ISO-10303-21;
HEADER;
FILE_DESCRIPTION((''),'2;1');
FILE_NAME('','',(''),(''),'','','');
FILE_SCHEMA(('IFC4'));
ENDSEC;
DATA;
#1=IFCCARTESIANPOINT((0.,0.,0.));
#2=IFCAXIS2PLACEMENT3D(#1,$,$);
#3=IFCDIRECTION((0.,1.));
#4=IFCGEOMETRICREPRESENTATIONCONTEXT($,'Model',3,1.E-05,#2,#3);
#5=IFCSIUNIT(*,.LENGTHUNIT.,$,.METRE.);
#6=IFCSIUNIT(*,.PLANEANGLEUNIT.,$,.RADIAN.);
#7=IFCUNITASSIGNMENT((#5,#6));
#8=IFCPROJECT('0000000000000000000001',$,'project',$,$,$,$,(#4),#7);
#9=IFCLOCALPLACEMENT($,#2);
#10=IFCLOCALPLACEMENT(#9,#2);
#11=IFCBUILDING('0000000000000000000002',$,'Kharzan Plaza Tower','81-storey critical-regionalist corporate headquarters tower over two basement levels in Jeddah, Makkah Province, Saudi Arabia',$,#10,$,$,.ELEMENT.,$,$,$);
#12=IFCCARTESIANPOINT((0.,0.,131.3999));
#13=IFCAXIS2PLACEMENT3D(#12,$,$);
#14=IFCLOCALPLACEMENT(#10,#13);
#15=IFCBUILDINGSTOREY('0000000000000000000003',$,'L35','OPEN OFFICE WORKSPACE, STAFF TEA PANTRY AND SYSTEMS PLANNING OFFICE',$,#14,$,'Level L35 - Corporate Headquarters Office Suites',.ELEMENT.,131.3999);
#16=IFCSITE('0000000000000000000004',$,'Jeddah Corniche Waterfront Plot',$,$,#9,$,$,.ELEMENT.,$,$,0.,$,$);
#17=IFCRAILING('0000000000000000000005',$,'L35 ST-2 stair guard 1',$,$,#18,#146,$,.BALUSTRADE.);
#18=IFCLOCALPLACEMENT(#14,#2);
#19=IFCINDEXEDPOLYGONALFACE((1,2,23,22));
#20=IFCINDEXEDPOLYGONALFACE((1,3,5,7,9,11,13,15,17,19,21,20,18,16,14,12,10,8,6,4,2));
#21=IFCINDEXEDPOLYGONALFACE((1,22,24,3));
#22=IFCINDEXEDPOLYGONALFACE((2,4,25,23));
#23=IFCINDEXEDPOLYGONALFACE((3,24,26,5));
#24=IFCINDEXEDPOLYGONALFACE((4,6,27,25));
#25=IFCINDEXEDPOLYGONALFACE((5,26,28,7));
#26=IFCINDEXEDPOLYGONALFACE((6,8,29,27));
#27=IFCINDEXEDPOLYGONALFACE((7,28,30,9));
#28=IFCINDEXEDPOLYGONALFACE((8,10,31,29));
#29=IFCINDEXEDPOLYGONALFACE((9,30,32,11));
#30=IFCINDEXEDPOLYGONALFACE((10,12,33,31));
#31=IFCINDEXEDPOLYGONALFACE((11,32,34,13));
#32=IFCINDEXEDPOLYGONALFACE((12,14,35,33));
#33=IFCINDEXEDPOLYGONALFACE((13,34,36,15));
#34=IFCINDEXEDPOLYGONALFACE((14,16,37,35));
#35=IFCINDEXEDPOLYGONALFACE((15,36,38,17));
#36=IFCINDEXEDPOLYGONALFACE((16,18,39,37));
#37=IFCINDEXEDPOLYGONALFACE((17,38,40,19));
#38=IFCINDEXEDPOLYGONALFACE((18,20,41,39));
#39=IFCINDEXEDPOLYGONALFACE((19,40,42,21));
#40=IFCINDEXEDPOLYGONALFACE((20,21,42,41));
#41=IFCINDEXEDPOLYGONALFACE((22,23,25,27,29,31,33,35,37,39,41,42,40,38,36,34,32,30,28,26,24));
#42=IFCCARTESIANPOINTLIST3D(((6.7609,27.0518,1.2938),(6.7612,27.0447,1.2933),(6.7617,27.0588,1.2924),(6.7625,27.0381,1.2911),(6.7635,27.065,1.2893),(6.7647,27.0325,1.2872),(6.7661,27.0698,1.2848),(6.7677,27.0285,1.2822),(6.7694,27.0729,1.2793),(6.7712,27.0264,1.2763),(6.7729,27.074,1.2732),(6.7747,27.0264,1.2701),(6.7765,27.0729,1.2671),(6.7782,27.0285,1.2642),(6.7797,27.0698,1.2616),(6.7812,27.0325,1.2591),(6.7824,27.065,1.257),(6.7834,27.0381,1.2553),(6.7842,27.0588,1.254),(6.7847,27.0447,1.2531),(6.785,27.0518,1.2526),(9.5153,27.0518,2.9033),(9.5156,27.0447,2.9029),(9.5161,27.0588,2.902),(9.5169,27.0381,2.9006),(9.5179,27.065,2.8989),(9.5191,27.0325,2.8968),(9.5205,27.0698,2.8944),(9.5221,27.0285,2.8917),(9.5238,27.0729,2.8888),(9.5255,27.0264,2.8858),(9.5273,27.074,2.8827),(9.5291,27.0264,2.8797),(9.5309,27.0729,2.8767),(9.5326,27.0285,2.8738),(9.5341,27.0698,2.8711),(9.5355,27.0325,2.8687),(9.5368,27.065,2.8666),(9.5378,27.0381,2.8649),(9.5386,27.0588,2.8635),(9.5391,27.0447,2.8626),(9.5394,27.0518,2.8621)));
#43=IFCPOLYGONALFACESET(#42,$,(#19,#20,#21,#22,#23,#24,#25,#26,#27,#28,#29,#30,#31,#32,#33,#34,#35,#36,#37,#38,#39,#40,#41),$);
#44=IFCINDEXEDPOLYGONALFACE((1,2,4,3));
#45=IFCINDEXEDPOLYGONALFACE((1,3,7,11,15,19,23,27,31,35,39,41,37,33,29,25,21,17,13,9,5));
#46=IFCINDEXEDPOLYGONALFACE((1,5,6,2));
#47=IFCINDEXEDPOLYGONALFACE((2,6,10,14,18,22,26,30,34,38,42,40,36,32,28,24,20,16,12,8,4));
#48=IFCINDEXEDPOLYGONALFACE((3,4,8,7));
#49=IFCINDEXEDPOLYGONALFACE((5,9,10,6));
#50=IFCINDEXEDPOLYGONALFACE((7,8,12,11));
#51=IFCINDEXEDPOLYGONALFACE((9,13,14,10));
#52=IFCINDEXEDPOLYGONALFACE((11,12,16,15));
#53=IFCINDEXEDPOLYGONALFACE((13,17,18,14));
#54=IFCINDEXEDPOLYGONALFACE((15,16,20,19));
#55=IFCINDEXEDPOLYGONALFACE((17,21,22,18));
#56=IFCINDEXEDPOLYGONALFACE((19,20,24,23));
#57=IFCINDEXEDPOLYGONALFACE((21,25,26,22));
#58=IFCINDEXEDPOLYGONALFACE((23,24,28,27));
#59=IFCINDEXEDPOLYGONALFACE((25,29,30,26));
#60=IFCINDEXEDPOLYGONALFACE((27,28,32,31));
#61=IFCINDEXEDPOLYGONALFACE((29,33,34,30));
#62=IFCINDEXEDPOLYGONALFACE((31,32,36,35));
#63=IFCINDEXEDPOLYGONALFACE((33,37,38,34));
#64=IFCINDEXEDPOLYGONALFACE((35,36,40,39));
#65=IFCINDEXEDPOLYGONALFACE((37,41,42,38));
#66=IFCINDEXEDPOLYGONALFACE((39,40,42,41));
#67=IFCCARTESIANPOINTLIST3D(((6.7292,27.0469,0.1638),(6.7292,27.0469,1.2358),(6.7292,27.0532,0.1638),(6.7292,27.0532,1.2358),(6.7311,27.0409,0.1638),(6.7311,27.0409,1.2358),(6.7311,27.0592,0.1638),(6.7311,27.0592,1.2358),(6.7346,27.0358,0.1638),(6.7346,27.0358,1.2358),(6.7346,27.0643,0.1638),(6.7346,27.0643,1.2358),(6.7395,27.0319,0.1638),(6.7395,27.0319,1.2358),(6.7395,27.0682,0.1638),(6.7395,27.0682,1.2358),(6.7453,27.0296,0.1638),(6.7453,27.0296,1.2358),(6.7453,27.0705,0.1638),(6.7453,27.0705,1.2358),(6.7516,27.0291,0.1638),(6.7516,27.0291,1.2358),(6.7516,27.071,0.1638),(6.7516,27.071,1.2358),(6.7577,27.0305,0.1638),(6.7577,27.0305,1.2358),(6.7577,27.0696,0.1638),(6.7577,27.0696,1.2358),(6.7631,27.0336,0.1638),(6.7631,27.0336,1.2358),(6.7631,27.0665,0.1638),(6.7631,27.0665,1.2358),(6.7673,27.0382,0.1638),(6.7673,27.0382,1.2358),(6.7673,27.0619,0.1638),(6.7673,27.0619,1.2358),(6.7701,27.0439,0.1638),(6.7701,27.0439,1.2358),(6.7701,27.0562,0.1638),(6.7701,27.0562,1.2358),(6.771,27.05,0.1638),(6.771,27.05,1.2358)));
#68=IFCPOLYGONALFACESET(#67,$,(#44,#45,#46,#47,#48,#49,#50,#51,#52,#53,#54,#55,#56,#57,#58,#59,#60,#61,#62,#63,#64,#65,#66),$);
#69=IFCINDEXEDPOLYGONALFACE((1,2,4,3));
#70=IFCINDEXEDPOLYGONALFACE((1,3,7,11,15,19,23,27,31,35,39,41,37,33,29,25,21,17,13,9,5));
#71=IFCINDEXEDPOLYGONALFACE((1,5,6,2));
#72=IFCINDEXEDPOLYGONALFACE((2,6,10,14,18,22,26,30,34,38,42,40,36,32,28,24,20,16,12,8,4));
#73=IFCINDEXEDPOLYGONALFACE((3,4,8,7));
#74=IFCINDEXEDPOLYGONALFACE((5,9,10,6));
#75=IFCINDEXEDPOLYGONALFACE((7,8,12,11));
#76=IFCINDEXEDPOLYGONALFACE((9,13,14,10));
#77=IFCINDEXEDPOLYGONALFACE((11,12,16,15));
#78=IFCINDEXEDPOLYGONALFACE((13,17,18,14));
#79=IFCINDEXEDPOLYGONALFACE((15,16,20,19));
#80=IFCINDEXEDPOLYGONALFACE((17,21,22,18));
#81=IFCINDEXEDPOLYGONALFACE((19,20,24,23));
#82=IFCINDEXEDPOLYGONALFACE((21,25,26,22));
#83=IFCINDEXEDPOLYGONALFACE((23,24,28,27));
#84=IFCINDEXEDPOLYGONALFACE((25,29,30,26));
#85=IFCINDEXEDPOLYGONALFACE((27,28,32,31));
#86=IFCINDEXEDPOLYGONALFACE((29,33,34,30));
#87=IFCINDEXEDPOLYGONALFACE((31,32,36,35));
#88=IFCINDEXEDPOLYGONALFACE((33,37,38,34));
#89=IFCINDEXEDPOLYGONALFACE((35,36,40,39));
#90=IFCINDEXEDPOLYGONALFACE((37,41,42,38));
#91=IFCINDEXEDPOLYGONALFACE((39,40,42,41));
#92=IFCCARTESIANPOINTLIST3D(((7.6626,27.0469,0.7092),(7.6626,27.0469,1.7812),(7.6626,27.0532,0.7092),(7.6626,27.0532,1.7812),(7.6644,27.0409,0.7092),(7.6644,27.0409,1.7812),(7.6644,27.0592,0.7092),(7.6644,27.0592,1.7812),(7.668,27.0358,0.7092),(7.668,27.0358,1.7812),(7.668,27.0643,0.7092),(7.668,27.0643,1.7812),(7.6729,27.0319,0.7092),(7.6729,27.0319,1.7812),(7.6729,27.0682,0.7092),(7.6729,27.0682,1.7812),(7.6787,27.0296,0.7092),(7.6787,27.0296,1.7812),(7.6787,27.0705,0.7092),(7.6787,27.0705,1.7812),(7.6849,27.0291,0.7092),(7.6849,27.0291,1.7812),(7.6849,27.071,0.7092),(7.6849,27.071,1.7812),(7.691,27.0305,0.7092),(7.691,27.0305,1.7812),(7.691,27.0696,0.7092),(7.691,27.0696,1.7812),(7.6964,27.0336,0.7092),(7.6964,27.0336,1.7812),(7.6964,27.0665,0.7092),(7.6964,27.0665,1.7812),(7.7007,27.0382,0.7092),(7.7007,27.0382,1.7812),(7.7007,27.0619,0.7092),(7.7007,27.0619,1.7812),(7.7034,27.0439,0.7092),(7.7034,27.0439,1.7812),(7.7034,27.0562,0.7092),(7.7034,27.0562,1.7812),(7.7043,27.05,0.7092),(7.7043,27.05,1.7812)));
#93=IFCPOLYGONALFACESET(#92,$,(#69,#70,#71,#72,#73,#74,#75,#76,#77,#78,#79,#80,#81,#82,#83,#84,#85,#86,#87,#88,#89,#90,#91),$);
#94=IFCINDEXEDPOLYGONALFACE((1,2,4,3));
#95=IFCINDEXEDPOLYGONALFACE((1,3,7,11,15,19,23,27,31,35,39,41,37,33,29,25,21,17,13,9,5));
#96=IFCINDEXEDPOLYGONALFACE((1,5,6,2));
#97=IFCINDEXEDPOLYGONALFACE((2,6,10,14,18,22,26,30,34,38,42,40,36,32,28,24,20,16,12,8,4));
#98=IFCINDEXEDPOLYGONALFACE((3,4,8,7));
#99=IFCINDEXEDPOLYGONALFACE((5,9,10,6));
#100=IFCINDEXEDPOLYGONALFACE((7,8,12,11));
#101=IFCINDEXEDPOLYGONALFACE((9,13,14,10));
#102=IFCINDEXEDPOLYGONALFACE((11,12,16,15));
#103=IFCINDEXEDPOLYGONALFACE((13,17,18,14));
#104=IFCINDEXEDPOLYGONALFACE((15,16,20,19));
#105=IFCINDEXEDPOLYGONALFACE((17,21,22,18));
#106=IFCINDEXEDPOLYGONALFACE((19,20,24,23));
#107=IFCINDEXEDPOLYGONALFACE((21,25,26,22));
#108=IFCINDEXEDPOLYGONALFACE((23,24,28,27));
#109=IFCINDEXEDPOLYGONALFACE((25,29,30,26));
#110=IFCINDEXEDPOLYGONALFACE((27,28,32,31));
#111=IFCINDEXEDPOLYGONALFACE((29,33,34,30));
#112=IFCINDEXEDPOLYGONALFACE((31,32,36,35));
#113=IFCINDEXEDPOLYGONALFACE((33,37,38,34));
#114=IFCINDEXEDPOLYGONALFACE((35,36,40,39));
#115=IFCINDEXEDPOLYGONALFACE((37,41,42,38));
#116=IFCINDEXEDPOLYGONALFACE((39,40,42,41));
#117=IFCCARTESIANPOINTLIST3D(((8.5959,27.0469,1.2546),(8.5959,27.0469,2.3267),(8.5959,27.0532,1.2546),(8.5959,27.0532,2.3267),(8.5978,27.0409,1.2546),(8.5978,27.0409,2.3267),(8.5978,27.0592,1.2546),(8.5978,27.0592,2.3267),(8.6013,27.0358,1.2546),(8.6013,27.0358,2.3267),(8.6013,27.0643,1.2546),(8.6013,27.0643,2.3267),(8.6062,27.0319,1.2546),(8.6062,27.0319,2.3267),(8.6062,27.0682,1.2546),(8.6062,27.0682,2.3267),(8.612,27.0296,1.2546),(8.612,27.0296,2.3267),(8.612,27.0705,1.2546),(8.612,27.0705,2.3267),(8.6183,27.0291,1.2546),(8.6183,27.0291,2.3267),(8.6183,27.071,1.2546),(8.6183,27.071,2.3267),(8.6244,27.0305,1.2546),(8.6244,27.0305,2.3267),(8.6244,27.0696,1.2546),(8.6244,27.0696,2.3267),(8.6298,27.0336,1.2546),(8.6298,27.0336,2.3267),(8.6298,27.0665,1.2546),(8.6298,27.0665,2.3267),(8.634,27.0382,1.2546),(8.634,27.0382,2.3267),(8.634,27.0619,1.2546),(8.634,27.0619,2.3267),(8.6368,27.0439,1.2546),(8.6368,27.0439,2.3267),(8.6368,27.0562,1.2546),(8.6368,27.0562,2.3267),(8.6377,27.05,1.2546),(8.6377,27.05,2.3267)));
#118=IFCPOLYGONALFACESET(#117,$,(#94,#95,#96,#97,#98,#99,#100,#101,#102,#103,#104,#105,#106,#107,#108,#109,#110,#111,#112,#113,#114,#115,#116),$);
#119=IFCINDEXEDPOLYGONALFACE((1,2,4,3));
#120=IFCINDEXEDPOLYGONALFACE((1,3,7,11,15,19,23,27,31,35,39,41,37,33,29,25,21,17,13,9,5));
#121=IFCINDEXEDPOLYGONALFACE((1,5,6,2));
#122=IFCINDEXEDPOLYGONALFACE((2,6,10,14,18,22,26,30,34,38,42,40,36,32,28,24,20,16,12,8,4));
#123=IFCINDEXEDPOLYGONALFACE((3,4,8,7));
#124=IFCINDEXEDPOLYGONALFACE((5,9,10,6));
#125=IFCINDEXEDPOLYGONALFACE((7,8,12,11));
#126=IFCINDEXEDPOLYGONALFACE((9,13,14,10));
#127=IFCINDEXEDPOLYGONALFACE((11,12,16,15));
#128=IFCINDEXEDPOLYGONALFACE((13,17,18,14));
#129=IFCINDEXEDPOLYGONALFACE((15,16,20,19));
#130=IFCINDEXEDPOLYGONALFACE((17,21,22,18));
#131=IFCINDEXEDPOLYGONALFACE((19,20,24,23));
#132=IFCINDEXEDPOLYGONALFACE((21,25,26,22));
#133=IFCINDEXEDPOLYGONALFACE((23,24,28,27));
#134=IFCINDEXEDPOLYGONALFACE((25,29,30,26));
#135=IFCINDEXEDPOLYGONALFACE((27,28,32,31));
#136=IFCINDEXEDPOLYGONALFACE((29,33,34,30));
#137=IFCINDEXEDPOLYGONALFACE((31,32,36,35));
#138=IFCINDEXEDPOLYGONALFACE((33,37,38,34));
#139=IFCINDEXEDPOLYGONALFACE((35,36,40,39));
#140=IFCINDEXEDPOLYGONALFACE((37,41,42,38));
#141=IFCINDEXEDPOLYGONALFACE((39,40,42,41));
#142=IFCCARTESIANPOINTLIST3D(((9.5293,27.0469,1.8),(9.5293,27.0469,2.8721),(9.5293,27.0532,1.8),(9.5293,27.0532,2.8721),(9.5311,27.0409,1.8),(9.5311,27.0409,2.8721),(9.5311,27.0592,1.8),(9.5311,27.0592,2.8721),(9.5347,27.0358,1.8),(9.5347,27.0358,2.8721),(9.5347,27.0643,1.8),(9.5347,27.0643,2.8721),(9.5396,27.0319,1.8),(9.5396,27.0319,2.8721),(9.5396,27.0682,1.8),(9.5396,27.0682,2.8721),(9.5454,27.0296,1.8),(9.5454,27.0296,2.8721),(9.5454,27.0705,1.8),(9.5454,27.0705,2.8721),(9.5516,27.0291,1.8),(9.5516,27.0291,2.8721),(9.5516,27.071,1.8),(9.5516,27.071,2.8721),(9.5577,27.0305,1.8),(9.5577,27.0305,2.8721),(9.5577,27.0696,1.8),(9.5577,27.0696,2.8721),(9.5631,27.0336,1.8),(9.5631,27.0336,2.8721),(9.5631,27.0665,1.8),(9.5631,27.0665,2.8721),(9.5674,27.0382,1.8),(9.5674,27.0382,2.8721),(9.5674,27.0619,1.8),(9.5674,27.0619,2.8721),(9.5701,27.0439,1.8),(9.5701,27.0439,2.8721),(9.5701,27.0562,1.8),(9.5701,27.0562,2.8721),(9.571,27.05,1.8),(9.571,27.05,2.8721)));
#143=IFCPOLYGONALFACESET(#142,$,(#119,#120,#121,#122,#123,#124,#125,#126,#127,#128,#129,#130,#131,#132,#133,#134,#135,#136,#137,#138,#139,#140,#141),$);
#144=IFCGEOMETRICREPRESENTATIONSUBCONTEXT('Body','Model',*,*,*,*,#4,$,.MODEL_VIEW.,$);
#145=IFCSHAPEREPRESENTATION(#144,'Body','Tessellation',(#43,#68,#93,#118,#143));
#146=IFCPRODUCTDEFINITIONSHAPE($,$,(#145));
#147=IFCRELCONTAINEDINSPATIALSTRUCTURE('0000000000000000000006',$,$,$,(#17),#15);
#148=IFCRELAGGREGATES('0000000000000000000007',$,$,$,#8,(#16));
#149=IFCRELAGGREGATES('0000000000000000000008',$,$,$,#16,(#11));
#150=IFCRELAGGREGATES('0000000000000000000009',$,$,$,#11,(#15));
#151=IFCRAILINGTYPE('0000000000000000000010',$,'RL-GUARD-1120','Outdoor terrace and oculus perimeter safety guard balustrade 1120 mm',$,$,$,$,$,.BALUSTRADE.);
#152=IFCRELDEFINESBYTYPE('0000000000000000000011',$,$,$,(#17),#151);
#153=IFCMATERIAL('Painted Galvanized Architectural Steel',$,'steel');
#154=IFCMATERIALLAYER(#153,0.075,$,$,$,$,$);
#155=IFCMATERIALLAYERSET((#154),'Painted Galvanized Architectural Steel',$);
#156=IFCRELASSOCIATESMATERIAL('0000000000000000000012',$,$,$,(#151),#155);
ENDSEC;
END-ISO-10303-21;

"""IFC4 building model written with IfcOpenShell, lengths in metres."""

from ifc_helpers import new_model, si_unit, direction, frame, origin, origin_2d, place, context, subcontext, project, spatial, circle, extrude, source, transform, mapped, material, layer, layer_set, type_object, element, save


model = new_model("IFC4")

# Units and contexts
model_context = context("Model", 3, precision=1e-05, world=origin(), true_north=direction((0.0, 1.0)))
body_context = subcontext(model_context, "Body", "Model", "MODEL_VIEW")
ifc_project = project(units=[si_unit("LENGTHUNIT", "METRE"), si_unit("PLANEANGLEUNIT", "RADIAN")], contexts=[model_context])

# Site, building, storey
site_placement = place(None, origin())
site = spatial("IfcSite", under=ifc_project, at=site_placement, Name="Jeddah Corniche Waterfront Plot", CompositionType="ELEMENT", RefElevation=0.0)
building_placement = place(site_placement, origin())
building = spatial("IfcBuilding", under=site, at=building_placement, Name="Kharzan Plaza Tower", Description="81-storey critical-regionalist corporate headquarters tower over two basement levels in Jeddah, Makkah Province, Saudi Arabia", CompositionType="ELEMENT")
storey_placement = place(building_placement, frame((0.0, 0.0, 131.3999)))
storey = spatial("IfcBuildingStorey", under=building, at=storey_placement, Name="L35", Description="OPEN OFFICE WORKSPACE, STAFF TEA PANTRY AND SYSTEMS PLANNING OFFICE", LongName="Level L35 - Corporate Headquarters Office Suites", CompositionType="ELEMENT", Elevation=131.3999)

# Railing
ifc_material_1 = material(Name="Painted Galvanized Architectural Steel", Category="steel")
ifc_layer_1 = layer(ifc_material_1, 0.075)
ifc_layer_set_1 = layer_set([ifc_layer_1], Name="Painted Galvanized Architectural Steel")
railing_type_1 = type_object("IfcRailingType", Name="RL-GUARD-1120", Description="Outdoor terrace and oculus perimeter safety guard balustrade 1120 mm", PredefinedType="BALUSTRADE", material=ifc_layer_set_1)
shared_shape_1 = source(origin(), body_context, "Body", "SweptSolid", [
    extrude(circle(Radius=0.0239, at=origin_2d()), frame((0.0229, 0.0, 1.1094), z_axis=(0.863394, 0.0, 0.504531), x_axis=(0.0, 1.0, 0.0)), (0.0, 0.0, 1.0), 3.1902),
    extrude(circle(Radius=0.021, at=origin_2d()), origin(), (0.0, 0.0, 1.0), 1.072),
    extrude(circle(Radius=0.021, at=origin_2d()), frame((0.9333, 0.0, 0.5454)), (0.0, 0.0, 1.0), 1.072),
    extrude(circle(Radius=0.021, at=origin_2d()), frame((1.8667, 0.0, 1.0908)), (0.0, 0.0, 1.0), 1.072),
    extrude(circle(Radius=0.021, at=origin_2d()), frame((2.8, 0.0, 1.6362)), (0.0, 0.0, 1.0), 1.072),
])
railing_1_placement = place(storey_placement, frame((6.75, 27.05, 0.1638)))
element("IfcRailing", 1, at=railing_1_placement, inside=storey, type_object=railing_type_1, Name="L35 ST-2 stair guard 1", PredefinedType="BALUSTRADE", context=body_context, shape_type="MappedRepresentation", body=[
    mapped(shared_shape_1, transform((0.0, 0.0, 0.0), x_axis=(1.0, 0.0, 0.0), y_axis=(0.0, 1.0, 0.0), z_axis=(0.0, 0.0, 1.0))),
])

save(model, "model.ifc")
